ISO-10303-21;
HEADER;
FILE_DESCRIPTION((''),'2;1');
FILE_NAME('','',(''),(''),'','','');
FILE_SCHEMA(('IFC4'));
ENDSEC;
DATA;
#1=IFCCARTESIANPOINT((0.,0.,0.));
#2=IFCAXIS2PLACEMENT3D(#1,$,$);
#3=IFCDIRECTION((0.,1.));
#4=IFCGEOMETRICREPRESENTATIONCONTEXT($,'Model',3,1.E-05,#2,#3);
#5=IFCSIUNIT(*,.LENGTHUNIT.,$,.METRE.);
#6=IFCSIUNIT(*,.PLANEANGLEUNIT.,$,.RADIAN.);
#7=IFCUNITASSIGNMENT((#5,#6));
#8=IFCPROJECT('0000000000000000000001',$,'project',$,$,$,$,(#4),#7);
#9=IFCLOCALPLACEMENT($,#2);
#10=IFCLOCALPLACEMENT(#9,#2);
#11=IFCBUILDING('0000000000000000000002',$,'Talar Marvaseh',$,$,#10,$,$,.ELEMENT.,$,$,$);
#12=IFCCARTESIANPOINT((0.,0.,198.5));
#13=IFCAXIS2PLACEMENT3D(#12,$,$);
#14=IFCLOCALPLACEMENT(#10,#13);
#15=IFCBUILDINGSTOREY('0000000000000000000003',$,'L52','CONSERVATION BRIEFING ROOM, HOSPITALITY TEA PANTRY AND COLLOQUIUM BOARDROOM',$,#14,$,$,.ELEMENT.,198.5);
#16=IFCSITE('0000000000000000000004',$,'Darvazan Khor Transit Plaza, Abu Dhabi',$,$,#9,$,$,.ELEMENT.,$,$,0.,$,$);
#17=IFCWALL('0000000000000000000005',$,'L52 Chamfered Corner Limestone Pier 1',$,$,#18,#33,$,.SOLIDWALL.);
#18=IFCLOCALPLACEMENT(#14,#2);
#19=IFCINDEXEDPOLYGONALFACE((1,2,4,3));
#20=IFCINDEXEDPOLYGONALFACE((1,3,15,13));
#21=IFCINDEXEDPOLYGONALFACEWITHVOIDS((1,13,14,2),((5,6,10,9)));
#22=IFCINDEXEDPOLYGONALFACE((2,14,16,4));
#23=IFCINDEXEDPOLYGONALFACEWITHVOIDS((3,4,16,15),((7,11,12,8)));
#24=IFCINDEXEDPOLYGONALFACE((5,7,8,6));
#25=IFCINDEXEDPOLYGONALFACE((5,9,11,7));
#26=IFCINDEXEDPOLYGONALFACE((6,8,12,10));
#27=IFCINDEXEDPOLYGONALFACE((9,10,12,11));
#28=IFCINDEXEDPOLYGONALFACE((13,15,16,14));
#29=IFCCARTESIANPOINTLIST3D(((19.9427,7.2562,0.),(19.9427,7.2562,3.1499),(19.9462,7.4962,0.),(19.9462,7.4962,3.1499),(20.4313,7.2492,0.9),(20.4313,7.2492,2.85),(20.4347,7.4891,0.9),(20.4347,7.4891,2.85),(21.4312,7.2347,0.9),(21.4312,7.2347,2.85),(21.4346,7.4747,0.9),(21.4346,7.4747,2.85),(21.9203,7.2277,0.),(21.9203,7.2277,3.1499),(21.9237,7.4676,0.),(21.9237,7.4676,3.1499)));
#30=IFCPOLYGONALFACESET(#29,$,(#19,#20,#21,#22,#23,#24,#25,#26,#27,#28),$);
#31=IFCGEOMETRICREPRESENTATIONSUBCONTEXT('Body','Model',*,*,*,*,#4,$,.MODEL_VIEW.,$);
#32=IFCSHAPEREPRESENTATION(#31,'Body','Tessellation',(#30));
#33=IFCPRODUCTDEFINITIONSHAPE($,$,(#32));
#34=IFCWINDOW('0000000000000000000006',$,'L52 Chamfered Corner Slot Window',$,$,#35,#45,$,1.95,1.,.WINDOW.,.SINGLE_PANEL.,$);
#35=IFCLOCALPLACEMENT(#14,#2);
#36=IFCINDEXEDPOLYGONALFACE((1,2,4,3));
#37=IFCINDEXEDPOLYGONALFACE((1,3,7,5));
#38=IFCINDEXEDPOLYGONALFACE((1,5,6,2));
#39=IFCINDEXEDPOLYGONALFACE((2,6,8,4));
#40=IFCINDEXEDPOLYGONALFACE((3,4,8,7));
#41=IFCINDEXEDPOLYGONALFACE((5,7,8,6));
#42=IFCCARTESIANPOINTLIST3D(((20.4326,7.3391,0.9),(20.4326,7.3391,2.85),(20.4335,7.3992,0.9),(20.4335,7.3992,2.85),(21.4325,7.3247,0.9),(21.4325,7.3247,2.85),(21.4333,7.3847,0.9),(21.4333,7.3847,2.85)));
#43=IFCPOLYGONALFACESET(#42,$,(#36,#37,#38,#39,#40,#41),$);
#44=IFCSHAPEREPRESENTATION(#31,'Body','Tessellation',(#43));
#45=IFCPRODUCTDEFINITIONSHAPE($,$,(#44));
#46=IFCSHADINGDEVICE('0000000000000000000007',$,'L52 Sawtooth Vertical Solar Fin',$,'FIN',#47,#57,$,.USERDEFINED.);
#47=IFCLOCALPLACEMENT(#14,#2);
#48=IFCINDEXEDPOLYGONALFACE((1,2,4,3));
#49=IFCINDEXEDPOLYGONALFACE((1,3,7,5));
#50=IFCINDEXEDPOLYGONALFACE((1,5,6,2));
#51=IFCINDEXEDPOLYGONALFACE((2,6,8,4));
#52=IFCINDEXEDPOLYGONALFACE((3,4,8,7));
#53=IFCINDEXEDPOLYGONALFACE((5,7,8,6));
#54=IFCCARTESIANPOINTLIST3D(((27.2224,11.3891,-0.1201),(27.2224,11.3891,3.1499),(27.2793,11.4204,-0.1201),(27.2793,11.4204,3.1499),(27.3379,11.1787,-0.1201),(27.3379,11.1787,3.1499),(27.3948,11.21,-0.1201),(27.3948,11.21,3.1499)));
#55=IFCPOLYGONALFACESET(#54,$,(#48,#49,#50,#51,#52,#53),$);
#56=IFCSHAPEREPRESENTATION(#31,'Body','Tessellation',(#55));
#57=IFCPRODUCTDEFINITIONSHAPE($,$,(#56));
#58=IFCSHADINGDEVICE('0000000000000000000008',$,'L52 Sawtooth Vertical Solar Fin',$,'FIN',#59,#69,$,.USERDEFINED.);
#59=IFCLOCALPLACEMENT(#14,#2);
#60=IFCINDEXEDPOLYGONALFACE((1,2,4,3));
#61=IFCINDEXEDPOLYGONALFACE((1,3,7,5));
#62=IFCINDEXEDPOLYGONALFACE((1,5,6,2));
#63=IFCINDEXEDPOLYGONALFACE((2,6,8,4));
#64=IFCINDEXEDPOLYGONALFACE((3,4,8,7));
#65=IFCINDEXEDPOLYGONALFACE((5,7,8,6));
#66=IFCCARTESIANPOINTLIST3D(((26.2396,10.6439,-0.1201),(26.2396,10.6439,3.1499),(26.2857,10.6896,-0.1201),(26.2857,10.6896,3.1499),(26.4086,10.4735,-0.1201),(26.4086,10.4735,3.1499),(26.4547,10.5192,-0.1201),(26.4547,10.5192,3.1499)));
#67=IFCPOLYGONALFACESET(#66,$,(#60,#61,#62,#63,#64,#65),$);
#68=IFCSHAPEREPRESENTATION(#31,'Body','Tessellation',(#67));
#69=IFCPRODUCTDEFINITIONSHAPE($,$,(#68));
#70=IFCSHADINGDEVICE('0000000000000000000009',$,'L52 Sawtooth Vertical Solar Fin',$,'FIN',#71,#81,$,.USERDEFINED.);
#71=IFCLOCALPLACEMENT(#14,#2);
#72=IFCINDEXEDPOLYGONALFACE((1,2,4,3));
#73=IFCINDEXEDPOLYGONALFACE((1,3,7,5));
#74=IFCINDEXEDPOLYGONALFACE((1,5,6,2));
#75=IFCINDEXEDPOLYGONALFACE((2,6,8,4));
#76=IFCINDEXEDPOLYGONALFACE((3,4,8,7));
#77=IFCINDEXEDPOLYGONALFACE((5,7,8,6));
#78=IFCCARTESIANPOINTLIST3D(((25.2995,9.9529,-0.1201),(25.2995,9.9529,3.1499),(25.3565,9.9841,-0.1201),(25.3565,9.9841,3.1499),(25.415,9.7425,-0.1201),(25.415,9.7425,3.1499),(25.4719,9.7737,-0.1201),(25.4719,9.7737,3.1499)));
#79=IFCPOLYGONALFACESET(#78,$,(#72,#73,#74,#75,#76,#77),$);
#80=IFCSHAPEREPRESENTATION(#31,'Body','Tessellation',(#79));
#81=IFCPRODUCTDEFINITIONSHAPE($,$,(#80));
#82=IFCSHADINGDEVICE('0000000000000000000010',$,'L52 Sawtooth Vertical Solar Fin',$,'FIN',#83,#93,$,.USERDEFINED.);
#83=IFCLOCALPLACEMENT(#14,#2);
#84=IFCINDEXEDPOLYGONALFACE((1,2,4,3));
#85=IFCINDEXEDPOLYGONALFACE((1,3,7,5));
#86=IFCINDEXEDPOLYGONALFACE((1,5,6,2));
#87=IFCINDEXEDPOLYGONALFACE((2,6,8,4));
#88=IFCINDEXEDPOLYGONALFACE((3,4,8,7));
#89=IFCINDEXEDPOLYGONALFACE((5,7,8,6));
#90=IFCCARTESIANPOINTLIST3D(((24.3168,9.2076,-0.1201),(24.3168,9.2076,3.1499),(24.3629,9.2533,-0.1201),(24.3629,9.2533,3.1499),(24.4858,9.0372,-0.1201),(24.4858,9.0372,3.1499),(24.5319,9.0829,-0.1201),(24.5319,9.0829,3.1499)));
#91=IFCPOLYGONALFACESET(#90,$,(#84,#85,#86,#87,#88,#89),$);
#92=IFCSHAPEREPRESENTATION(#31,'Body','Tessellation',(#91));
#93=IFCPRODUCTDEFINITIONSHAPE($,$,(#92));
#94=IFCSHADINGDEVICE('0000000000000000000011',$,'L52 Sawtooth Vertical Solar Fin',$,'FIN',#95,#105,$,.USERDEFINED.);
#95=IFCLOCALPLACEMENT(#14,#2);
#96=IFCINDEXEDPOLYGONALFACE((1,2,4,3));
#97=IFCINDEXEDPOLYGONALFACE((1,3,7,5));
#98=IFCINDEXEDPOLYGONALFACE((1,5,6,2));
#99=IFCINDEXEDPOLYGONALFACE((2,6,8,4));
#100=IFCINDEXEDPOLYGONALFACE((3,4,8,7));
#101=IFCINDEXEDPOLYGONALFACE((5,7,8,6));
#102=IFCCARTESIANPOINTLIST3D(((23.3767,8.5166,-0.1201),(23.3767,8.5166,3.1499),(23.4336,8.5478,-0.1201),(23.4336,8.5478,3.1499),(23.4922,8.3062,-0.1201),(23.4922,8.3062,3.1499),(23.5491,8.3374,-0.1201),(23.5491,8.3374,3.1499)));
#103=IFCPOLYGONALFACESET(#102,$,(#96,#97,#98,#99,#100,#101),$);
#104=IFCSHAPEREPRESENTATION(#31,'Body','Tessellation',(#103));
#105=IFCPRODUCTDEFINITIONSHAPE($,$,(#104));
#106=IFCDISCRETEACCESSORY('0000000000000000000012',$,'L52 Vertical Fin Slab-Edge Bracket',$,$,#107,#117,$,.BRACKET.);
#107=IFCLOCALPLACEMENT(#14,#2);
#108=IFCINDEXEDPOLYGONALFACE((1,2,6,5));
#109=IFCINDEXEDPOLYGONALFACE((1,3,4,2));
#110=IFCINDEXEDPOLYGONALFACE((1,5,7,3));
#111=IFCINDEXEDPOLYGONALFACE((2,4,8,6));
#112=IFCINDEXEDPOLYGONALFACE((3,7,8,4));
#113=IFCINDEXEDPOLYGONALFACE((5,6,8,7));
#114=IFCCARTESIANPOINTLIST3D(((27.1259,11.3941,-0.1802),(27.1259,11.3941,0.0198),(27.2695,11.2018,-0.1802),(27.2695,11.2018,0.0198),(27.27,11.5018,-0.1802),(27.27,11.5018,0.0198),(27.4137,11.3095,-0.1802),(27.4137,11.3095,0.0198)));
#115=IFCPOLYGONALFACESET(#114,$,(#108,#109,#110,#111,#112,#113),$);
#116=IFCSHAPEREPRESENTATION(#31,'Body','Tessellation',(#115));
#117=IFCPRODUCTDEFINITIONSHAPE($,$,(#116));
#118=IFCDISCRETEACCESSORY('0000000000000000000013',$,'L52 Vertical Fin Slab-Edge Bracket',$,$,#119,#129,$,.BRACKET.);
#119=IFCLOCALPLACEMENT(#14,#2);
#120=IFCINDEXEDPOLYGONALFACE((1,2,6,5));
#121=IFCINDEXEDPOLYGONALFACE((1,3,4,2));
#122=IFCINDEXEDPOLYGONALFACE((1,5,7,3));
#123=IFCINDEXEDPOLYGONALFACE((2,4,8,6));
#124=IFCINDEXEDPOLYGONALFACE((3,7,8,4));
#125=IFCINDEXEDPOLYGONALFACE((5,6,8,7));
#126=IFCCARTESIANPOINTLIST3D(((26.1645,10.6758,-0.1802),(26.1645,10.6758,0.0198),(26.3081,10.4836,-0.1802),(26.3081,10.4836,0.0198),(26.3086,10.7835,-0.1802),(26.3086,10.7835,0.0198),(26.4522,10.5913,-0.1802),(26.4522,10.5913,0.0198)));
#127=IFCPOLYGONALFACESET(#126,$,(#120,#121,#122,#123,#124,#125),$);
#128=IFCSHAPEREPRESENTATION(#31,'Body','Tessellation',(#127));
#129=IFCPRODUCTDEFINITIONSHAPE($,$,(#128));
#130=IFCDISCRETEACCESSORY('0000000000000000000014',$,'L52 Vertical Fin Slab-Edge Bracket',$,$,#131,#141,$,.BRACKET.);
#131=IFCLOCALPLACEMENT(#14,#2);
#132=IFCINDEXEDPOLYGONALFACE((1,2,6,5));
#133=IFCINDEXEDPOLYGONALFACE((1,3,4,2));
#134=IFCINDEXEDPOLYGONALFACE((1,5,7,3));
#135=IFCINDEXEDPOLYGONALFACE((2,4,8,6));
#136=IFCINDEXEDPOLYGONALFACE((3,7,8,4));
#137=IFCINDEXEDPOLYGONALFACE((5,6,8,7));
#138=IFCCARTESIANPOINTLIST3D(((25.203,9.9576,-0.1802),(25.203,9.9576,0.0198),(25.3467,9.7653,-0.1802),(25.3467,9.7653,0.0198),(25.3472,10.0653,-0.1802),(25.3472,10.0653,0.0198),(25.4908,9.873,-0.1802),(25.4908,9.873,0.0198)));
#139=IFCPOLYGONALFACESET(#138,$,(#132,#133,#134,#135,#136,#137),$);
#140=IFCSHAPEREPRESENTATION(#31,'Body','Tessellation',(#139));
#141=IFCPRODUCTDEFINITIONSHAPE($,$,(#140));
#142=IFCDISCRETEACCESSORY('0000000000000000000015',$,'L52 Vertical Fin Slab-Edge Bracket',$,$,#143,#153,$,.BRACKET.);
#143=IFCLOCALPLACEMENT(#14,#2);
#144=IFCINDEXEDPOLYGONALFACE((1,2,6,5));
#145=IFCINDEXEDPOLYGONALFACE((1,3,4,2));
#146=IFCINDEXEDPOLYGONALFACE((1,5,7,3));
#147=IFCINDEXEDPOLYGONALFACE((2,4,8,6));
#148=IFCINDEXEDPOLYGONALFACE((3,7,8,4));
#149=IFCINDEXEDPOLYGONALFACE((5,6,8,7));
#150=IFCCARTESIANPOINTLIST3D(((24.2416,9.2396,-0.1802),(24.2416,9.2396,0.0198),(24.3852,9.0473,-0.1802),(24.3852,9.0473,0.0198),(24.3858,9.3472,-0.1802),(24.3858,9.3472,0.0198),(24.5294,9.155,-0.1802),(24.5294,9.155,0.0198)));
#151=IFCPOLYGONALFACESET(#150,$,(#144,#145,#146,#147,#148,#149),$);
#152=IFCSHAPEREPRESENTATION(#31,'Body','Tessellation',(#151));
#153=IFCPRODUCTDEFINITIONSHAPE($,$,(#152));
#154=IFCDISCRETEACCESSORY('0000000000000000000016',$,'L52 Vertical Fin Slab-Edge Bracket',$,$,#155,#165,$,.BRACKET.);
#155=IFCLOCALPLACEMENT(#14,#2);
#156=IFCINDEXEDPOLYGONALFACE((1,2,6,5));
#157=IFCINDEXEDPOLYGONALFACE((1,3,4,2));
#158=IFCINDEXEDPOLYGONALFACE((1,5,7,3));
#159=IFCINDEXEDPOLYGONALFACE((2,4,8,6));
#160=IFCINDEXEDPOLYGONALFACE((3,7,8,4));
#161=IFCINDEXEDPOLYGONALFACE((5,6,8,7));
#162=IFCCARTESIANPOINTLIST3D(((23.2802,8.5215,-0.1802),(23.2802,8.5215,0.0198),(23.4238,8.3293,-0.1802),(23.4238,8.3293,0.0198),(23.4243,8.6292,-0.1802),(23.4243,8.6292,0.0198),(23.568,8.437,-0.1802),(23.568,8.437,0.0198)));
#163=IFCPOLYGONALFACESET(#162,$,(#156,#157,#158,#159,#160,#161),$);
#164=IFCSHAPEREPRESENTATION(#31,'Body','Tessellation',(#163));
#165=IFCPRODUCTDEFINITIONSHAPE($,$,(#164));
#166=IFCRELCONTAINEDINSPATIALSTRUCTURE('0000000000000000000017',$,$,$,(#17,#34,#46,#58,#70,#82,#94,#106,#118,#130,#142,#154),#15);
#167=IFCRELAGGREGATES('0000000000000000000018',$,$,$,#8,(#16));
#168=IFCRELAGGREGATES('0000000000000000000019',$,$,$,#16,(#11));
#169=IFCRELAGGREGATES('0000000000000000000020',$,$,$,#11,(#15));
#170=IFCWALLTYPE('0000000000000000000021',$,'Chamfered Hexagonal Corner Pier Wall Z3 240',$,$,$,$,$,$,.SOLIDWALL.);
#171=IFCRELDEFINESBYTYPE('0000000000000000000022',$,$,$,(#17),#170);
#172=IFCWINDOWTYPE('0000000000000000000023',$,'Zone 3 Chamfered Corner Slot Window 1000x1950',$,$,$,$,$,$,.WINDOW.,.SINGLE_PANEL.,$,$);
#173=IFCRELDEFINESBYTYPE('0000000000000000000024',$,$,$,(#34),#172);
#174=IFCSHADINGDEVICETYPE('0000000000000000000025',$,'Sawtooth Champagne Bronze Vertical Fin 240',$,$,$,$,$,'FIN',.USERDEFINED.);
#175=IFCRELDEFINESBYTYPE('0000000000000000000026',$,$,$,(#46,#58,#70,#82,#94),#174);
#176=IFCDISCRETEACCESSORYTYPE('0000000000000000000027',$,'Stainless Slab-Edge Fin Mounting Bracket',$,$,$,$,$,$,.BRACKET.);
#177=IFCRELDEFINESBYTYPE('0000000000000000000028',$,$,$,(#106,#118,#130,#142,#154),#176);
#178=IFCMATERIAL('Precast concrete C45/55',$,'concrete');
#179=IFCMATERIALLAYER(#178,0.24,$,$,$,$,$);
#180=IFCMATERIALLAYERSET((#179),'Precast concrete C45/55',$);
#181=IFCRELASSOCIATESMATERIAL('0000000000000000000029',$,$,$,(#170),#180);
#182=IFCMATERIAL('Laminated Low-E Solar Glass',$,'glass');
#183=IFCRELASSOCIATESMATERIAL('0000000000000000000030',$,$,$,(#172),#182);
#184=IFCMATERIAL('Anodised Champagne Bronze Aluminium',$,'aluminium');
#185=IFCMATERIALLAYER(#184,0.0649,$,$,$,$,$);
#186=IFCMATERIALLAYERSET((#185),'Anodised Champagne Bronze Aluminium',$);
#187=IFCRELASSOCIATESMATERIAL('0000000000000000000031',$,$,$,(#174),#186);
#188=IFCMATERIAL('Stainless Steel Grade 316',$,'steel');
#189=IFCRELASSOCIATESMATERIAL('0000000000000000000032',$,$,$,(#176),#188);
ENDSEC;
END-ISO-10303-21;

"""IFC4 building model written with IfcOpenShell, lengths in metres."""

from ifc_helpers import new_model, si_unit, direction, frame, frame_2d, origin, origin_2d, place, context, subcontext, project, spatial, rectangle, extrude, source, transform, mapped, material, layer, layer_set, type_object, type_shapes, element, fill, save


model = new_model("IFC4")

# Units and contexts
model_context = context("Model", 3, precision=1e-05, world=origin(), true_north=direction((0.0, 1.0)))
body_context = subcontext(model_context, "Body", "Model", "MODEL_VIEW")
ifc_project = project(units=[si_unit("LENGTHUNIT", "METRE"), si_unit("PLANEANGLEUNIT", "RADIAN")], contexts=[model_context])

# Site, building, storey
site_placement = place(None, origin())
site = spatial("IfcSite", under=ifc_project, at=site_placement, Name="Darvazan Khor Transit Plaza, Abu Dhabi", CompositionType="ELEMENT", RefElevation=0.0)
building_placement = place(site_placement, origin())
building = spatial("IfcBuilding", under=site, at=building_placement, Name="Talar Marvaseh", CompositionType="ELEMENT")
storey_placement = place(building_placement, frame((0.0, 0.0, 198.5)))
storey = spatial("IfcBuildingStorey", under=building, at=storey_placement, Name="L52", Description="CONSERVATION BRIEFING ROOM, HOSPITALITY TEA PANTRY AND COLLOQUIUM BOARDROOM", CompositionType="ELEMENT", Elevation=198.5)

# Shared definitions
ifc_material_1 = material(Name="Laminated Low-E Solar Glass", Category="glass")

# Wall, opening, window
ifc_material_2 = material(Name="Precast concrete C45/55", Category="concrete")
ifc_layer_1 = layer(ifc_material_2, 0.24)
ifc_layer_set_1 = layer_set([ifc_layer_1], Name="Precast concrete C45/55")
wall_type = type_object("IfcWallType", Name="Chamfered Hexagonal Corner Pier Wall Z3 240", PredefinedType="SOLIDWALL", material=ifc_layer_set_1)
wall_placement = place(storey_placement, frame((21.9219, 7.3477, 0.0), z_axis=(0.0, 0.0, 1.0), x_axis=(-0.999896, 0.014443, 0.0)))
wall = element("IfcWall", 1, at=wall_placement, inside=storey, type_object=wall_type, Name="L52 Chamfered Corner Limestone Pier 1", PredefinedType="SOLIDWALL", context=body_context, shape_type="SweptSolid", body=[
    extrude(rectangle(XDim=1.9778, YDim=0.24, at=frame_2d((0.9888, 0.0))), origin(), (0.0, 0.0, 1.0), 3.1499),
])
opening_placement = place(wall_placement, frame((0.489, 0.0, 0.8999)))
opening = element("IfcOpeningElement", 2, at=opening_placement, cuts=wall, PredefinedType="OPENING", context=body_context, shape_type="SweptSolid", body=[
    extrude(rectangle(XDim=1.0, YDim=1.95, at=frame_2d((0.5, 0.9751))), frame((0.0, 0.1299, 0.0), z_axis=(0.0, -1.0, 0.0), x_axis=(1.0, 0.0, 0.0)), (0.0, 0.0, 1.0), 0.26),
])
window_type = type_object("IfcWindowType", Name="Zone 3 Chamfered Corner Slot Window 1000x1950", PartitioningType="SINGLE_PANEL", PredefinedType="WINDOW", material=ifc_material_1)
shared_shape_1 = source(origin(), body_context, "Body", "SweptSolid", [
    extrude(rectangle(XDim=1.0, YDim=1.95, at=frame_2d((0.5, 0.9751))), frame((0.0, 0.03, 0.0), z_axis=(0.0, -1.0, 0.0), x_axis=(1.0, 0.0, 0.0)), (0.0, 0.0, 1.0), 0.0601),
])
type_shapes(window_type, [shared_shape_1])
window_placement = place(opening_placement, origin())
window = element("IfcWindow", 3, at=window_placement, inside=storey, type_object=window_type, Name="L52 Chamfered Corner Slot Window", OverallHeight=1.95, OverallWidth=1.0, PartitioningType="SINGLE_PANEL", PredefinedType="WINDOW", context=body_context, shape_type="MappedRepresentation", body=[
    mapped(shared_shape_1, transform((0.0, 0.0, 0.0), x_axis=(1.0, 0.0, 0.0), y_axis=(0.0, 1.0, 0.0), z_axis=(0.0, 0.0, 1.0), scale=1.0)),
])
fill(opening, window)

# Shading devices
ifc_material_3 = material(Name="Anodised Champagne Bronze Aluminium", Category="aluminium")
ifc_layer_2 = layer(ifc_material_3, 0.0649)
ifc_layer_set_2 = layer_set([ifc_layer_2], Name="Anodised Champagne Bronze Aluminium")
shading_device_type = type_object("IfcShadingDeviceType", Name="Sawtooth Champagne Bronze Vertical Fin 240", ElementType="FIN", PredefinedType="USERDEFINED", material=ifc_layer_set_2)
shared_shape_2 = source(origin(), body_context, "Body", "SweptSolid", [
    extrude(rectangle(XDim=0.24, YDim=0.0649, at=origin_2d()), origin(), (0.0, 0.0, 1.0), 3.27),
])
type_shapes(shading_device_type, [shared_shape_2])
for number, where, z_axis, x_axis, name in (
    (4, (27.3086, 11.2996, -0.1201), (0.0, 0.0, 1.0), (0.481142, -0.876643, 0.0), "L52 Sawtooth Vertical Solar Fin"),
    (5, (26.3472, 10.5815, -0.1201), (0.0, 0.0, 1.0), (0.704139, -0.710062, 0.0), "L52 Sawtooth Vertical Solar Fin"),
    (6, (25.3857, 9.8633, -0.1201), (0.0, 0.0, 1.0), (0.481142, -0.876643, 0.0), "L52 Sawtooth Vertical Solar Fin"),
    (7, (24.4243, 9.1453, -0.1201), (0.0, 0.0, 1.0), (0.704139, -0.710062, 0.0), "L52 Sawtooth Vertical Solar Fin"),
    (8, (23.4629, 8.427, -0.1201), (0.0, 0.0, 1.0), (0.481142, -0.876643, 0.0), "L52 Sawtooth Vertical Solar Fin"),
):
    element("IfcShadingDevice", number, at=place(storey_placement, frame(where, z_axis=z_axis, x_axis=x_axis)), inside=storey, type_object=shading_device_type, Name=name, ObjectType="FIN", PredefinedType="USERDEFINED", context=body_context, shape_type="MappedRepresentation", body=[
        mapped(shared_shape_2, transform((0.0, 0.0, 0.0), x_axis=(1.0, 0.0, 0.0), y_axis=(0.0, 1.0, 0.0), z_axis=(0.0, 0.0, 1.0), scale=1.0)),
    ])

# Discrete accessories
ifc_material_4 = material(Name="Stainless Steel Grade 316", Category="steel")
discrete_accessory_type = type_object("IfcDiscreteAccessoryType", Name="Stainless Slab-Edge Fin Mounting Bracket", PredefinedType="BRACKET", material=ifc_material_4)
shared_shape_3 = source(origin(), body_context, "Body", "SweptSolid", [
    extrude(rectangle(XDim=0.24, YDim=0.1799, at=origin_2d()), origin(), (0.0, 0.0, 1.0), 0.2),
])
type_shapes(discrete_accessory_type, [shared_shape_3])
for number, where, z_axis, x_axis, name in (
    (9, (27.2698, 11.3518, -0.1802), (0.0, 0.0, 1.0), (0.598464, -0.801149, 0.0), "L52 Vertical Fin Slab-Edge Bracket"),
    (10, (26.3083, 10.6335, -0.1802), (0.0, 0.0, 1.0), (0.598464, -0.801149, 0.0), "L52 Vertical Fin Slab-Edge Bracket"),
    (11, (25.3469, 9.9153, -0.1802), (0.0, 0.0, 1.0), (0.598464, -0.801149, 0.0), "L52 Vertical Fin Slab-Edge Bracket"),
    (12, (24.3855, 9.1973, -0.1802), (0.0, 0.0, 1.0), (0.598464, -0.801149, 0.0), "L52 Vertical Fin Slab-Edge Bracket"),
    (13, (23.4241, 8.4792, -0.1802), (0.0, 0.0, 1.0), (0.598464, -0.801149, 0.0), "L52 Vertical Fin Slab-Edge Bracket"),
):
    element("IfcDiscreteAccessory", number, at=place(storey_placement, frame(where, z_axis=z_axis, x_axis=x_axis)), inside=storey, type_object=discrete_accessory_type, Name=name, PredefinedType="BRACKET", context=body_context, shape_type="MappedRepresentation", body=[
        mapped(shared_shape_3, transform((0.0, 0.0, 0.0), x_axis=(1.0, 0.0, 0.0), y_axis=(0.0, 1.0, 0.0), z_axis=(0.0, 0.0, 1.0), scale=1.0)),
    ])

save(model, "model.ifc")
